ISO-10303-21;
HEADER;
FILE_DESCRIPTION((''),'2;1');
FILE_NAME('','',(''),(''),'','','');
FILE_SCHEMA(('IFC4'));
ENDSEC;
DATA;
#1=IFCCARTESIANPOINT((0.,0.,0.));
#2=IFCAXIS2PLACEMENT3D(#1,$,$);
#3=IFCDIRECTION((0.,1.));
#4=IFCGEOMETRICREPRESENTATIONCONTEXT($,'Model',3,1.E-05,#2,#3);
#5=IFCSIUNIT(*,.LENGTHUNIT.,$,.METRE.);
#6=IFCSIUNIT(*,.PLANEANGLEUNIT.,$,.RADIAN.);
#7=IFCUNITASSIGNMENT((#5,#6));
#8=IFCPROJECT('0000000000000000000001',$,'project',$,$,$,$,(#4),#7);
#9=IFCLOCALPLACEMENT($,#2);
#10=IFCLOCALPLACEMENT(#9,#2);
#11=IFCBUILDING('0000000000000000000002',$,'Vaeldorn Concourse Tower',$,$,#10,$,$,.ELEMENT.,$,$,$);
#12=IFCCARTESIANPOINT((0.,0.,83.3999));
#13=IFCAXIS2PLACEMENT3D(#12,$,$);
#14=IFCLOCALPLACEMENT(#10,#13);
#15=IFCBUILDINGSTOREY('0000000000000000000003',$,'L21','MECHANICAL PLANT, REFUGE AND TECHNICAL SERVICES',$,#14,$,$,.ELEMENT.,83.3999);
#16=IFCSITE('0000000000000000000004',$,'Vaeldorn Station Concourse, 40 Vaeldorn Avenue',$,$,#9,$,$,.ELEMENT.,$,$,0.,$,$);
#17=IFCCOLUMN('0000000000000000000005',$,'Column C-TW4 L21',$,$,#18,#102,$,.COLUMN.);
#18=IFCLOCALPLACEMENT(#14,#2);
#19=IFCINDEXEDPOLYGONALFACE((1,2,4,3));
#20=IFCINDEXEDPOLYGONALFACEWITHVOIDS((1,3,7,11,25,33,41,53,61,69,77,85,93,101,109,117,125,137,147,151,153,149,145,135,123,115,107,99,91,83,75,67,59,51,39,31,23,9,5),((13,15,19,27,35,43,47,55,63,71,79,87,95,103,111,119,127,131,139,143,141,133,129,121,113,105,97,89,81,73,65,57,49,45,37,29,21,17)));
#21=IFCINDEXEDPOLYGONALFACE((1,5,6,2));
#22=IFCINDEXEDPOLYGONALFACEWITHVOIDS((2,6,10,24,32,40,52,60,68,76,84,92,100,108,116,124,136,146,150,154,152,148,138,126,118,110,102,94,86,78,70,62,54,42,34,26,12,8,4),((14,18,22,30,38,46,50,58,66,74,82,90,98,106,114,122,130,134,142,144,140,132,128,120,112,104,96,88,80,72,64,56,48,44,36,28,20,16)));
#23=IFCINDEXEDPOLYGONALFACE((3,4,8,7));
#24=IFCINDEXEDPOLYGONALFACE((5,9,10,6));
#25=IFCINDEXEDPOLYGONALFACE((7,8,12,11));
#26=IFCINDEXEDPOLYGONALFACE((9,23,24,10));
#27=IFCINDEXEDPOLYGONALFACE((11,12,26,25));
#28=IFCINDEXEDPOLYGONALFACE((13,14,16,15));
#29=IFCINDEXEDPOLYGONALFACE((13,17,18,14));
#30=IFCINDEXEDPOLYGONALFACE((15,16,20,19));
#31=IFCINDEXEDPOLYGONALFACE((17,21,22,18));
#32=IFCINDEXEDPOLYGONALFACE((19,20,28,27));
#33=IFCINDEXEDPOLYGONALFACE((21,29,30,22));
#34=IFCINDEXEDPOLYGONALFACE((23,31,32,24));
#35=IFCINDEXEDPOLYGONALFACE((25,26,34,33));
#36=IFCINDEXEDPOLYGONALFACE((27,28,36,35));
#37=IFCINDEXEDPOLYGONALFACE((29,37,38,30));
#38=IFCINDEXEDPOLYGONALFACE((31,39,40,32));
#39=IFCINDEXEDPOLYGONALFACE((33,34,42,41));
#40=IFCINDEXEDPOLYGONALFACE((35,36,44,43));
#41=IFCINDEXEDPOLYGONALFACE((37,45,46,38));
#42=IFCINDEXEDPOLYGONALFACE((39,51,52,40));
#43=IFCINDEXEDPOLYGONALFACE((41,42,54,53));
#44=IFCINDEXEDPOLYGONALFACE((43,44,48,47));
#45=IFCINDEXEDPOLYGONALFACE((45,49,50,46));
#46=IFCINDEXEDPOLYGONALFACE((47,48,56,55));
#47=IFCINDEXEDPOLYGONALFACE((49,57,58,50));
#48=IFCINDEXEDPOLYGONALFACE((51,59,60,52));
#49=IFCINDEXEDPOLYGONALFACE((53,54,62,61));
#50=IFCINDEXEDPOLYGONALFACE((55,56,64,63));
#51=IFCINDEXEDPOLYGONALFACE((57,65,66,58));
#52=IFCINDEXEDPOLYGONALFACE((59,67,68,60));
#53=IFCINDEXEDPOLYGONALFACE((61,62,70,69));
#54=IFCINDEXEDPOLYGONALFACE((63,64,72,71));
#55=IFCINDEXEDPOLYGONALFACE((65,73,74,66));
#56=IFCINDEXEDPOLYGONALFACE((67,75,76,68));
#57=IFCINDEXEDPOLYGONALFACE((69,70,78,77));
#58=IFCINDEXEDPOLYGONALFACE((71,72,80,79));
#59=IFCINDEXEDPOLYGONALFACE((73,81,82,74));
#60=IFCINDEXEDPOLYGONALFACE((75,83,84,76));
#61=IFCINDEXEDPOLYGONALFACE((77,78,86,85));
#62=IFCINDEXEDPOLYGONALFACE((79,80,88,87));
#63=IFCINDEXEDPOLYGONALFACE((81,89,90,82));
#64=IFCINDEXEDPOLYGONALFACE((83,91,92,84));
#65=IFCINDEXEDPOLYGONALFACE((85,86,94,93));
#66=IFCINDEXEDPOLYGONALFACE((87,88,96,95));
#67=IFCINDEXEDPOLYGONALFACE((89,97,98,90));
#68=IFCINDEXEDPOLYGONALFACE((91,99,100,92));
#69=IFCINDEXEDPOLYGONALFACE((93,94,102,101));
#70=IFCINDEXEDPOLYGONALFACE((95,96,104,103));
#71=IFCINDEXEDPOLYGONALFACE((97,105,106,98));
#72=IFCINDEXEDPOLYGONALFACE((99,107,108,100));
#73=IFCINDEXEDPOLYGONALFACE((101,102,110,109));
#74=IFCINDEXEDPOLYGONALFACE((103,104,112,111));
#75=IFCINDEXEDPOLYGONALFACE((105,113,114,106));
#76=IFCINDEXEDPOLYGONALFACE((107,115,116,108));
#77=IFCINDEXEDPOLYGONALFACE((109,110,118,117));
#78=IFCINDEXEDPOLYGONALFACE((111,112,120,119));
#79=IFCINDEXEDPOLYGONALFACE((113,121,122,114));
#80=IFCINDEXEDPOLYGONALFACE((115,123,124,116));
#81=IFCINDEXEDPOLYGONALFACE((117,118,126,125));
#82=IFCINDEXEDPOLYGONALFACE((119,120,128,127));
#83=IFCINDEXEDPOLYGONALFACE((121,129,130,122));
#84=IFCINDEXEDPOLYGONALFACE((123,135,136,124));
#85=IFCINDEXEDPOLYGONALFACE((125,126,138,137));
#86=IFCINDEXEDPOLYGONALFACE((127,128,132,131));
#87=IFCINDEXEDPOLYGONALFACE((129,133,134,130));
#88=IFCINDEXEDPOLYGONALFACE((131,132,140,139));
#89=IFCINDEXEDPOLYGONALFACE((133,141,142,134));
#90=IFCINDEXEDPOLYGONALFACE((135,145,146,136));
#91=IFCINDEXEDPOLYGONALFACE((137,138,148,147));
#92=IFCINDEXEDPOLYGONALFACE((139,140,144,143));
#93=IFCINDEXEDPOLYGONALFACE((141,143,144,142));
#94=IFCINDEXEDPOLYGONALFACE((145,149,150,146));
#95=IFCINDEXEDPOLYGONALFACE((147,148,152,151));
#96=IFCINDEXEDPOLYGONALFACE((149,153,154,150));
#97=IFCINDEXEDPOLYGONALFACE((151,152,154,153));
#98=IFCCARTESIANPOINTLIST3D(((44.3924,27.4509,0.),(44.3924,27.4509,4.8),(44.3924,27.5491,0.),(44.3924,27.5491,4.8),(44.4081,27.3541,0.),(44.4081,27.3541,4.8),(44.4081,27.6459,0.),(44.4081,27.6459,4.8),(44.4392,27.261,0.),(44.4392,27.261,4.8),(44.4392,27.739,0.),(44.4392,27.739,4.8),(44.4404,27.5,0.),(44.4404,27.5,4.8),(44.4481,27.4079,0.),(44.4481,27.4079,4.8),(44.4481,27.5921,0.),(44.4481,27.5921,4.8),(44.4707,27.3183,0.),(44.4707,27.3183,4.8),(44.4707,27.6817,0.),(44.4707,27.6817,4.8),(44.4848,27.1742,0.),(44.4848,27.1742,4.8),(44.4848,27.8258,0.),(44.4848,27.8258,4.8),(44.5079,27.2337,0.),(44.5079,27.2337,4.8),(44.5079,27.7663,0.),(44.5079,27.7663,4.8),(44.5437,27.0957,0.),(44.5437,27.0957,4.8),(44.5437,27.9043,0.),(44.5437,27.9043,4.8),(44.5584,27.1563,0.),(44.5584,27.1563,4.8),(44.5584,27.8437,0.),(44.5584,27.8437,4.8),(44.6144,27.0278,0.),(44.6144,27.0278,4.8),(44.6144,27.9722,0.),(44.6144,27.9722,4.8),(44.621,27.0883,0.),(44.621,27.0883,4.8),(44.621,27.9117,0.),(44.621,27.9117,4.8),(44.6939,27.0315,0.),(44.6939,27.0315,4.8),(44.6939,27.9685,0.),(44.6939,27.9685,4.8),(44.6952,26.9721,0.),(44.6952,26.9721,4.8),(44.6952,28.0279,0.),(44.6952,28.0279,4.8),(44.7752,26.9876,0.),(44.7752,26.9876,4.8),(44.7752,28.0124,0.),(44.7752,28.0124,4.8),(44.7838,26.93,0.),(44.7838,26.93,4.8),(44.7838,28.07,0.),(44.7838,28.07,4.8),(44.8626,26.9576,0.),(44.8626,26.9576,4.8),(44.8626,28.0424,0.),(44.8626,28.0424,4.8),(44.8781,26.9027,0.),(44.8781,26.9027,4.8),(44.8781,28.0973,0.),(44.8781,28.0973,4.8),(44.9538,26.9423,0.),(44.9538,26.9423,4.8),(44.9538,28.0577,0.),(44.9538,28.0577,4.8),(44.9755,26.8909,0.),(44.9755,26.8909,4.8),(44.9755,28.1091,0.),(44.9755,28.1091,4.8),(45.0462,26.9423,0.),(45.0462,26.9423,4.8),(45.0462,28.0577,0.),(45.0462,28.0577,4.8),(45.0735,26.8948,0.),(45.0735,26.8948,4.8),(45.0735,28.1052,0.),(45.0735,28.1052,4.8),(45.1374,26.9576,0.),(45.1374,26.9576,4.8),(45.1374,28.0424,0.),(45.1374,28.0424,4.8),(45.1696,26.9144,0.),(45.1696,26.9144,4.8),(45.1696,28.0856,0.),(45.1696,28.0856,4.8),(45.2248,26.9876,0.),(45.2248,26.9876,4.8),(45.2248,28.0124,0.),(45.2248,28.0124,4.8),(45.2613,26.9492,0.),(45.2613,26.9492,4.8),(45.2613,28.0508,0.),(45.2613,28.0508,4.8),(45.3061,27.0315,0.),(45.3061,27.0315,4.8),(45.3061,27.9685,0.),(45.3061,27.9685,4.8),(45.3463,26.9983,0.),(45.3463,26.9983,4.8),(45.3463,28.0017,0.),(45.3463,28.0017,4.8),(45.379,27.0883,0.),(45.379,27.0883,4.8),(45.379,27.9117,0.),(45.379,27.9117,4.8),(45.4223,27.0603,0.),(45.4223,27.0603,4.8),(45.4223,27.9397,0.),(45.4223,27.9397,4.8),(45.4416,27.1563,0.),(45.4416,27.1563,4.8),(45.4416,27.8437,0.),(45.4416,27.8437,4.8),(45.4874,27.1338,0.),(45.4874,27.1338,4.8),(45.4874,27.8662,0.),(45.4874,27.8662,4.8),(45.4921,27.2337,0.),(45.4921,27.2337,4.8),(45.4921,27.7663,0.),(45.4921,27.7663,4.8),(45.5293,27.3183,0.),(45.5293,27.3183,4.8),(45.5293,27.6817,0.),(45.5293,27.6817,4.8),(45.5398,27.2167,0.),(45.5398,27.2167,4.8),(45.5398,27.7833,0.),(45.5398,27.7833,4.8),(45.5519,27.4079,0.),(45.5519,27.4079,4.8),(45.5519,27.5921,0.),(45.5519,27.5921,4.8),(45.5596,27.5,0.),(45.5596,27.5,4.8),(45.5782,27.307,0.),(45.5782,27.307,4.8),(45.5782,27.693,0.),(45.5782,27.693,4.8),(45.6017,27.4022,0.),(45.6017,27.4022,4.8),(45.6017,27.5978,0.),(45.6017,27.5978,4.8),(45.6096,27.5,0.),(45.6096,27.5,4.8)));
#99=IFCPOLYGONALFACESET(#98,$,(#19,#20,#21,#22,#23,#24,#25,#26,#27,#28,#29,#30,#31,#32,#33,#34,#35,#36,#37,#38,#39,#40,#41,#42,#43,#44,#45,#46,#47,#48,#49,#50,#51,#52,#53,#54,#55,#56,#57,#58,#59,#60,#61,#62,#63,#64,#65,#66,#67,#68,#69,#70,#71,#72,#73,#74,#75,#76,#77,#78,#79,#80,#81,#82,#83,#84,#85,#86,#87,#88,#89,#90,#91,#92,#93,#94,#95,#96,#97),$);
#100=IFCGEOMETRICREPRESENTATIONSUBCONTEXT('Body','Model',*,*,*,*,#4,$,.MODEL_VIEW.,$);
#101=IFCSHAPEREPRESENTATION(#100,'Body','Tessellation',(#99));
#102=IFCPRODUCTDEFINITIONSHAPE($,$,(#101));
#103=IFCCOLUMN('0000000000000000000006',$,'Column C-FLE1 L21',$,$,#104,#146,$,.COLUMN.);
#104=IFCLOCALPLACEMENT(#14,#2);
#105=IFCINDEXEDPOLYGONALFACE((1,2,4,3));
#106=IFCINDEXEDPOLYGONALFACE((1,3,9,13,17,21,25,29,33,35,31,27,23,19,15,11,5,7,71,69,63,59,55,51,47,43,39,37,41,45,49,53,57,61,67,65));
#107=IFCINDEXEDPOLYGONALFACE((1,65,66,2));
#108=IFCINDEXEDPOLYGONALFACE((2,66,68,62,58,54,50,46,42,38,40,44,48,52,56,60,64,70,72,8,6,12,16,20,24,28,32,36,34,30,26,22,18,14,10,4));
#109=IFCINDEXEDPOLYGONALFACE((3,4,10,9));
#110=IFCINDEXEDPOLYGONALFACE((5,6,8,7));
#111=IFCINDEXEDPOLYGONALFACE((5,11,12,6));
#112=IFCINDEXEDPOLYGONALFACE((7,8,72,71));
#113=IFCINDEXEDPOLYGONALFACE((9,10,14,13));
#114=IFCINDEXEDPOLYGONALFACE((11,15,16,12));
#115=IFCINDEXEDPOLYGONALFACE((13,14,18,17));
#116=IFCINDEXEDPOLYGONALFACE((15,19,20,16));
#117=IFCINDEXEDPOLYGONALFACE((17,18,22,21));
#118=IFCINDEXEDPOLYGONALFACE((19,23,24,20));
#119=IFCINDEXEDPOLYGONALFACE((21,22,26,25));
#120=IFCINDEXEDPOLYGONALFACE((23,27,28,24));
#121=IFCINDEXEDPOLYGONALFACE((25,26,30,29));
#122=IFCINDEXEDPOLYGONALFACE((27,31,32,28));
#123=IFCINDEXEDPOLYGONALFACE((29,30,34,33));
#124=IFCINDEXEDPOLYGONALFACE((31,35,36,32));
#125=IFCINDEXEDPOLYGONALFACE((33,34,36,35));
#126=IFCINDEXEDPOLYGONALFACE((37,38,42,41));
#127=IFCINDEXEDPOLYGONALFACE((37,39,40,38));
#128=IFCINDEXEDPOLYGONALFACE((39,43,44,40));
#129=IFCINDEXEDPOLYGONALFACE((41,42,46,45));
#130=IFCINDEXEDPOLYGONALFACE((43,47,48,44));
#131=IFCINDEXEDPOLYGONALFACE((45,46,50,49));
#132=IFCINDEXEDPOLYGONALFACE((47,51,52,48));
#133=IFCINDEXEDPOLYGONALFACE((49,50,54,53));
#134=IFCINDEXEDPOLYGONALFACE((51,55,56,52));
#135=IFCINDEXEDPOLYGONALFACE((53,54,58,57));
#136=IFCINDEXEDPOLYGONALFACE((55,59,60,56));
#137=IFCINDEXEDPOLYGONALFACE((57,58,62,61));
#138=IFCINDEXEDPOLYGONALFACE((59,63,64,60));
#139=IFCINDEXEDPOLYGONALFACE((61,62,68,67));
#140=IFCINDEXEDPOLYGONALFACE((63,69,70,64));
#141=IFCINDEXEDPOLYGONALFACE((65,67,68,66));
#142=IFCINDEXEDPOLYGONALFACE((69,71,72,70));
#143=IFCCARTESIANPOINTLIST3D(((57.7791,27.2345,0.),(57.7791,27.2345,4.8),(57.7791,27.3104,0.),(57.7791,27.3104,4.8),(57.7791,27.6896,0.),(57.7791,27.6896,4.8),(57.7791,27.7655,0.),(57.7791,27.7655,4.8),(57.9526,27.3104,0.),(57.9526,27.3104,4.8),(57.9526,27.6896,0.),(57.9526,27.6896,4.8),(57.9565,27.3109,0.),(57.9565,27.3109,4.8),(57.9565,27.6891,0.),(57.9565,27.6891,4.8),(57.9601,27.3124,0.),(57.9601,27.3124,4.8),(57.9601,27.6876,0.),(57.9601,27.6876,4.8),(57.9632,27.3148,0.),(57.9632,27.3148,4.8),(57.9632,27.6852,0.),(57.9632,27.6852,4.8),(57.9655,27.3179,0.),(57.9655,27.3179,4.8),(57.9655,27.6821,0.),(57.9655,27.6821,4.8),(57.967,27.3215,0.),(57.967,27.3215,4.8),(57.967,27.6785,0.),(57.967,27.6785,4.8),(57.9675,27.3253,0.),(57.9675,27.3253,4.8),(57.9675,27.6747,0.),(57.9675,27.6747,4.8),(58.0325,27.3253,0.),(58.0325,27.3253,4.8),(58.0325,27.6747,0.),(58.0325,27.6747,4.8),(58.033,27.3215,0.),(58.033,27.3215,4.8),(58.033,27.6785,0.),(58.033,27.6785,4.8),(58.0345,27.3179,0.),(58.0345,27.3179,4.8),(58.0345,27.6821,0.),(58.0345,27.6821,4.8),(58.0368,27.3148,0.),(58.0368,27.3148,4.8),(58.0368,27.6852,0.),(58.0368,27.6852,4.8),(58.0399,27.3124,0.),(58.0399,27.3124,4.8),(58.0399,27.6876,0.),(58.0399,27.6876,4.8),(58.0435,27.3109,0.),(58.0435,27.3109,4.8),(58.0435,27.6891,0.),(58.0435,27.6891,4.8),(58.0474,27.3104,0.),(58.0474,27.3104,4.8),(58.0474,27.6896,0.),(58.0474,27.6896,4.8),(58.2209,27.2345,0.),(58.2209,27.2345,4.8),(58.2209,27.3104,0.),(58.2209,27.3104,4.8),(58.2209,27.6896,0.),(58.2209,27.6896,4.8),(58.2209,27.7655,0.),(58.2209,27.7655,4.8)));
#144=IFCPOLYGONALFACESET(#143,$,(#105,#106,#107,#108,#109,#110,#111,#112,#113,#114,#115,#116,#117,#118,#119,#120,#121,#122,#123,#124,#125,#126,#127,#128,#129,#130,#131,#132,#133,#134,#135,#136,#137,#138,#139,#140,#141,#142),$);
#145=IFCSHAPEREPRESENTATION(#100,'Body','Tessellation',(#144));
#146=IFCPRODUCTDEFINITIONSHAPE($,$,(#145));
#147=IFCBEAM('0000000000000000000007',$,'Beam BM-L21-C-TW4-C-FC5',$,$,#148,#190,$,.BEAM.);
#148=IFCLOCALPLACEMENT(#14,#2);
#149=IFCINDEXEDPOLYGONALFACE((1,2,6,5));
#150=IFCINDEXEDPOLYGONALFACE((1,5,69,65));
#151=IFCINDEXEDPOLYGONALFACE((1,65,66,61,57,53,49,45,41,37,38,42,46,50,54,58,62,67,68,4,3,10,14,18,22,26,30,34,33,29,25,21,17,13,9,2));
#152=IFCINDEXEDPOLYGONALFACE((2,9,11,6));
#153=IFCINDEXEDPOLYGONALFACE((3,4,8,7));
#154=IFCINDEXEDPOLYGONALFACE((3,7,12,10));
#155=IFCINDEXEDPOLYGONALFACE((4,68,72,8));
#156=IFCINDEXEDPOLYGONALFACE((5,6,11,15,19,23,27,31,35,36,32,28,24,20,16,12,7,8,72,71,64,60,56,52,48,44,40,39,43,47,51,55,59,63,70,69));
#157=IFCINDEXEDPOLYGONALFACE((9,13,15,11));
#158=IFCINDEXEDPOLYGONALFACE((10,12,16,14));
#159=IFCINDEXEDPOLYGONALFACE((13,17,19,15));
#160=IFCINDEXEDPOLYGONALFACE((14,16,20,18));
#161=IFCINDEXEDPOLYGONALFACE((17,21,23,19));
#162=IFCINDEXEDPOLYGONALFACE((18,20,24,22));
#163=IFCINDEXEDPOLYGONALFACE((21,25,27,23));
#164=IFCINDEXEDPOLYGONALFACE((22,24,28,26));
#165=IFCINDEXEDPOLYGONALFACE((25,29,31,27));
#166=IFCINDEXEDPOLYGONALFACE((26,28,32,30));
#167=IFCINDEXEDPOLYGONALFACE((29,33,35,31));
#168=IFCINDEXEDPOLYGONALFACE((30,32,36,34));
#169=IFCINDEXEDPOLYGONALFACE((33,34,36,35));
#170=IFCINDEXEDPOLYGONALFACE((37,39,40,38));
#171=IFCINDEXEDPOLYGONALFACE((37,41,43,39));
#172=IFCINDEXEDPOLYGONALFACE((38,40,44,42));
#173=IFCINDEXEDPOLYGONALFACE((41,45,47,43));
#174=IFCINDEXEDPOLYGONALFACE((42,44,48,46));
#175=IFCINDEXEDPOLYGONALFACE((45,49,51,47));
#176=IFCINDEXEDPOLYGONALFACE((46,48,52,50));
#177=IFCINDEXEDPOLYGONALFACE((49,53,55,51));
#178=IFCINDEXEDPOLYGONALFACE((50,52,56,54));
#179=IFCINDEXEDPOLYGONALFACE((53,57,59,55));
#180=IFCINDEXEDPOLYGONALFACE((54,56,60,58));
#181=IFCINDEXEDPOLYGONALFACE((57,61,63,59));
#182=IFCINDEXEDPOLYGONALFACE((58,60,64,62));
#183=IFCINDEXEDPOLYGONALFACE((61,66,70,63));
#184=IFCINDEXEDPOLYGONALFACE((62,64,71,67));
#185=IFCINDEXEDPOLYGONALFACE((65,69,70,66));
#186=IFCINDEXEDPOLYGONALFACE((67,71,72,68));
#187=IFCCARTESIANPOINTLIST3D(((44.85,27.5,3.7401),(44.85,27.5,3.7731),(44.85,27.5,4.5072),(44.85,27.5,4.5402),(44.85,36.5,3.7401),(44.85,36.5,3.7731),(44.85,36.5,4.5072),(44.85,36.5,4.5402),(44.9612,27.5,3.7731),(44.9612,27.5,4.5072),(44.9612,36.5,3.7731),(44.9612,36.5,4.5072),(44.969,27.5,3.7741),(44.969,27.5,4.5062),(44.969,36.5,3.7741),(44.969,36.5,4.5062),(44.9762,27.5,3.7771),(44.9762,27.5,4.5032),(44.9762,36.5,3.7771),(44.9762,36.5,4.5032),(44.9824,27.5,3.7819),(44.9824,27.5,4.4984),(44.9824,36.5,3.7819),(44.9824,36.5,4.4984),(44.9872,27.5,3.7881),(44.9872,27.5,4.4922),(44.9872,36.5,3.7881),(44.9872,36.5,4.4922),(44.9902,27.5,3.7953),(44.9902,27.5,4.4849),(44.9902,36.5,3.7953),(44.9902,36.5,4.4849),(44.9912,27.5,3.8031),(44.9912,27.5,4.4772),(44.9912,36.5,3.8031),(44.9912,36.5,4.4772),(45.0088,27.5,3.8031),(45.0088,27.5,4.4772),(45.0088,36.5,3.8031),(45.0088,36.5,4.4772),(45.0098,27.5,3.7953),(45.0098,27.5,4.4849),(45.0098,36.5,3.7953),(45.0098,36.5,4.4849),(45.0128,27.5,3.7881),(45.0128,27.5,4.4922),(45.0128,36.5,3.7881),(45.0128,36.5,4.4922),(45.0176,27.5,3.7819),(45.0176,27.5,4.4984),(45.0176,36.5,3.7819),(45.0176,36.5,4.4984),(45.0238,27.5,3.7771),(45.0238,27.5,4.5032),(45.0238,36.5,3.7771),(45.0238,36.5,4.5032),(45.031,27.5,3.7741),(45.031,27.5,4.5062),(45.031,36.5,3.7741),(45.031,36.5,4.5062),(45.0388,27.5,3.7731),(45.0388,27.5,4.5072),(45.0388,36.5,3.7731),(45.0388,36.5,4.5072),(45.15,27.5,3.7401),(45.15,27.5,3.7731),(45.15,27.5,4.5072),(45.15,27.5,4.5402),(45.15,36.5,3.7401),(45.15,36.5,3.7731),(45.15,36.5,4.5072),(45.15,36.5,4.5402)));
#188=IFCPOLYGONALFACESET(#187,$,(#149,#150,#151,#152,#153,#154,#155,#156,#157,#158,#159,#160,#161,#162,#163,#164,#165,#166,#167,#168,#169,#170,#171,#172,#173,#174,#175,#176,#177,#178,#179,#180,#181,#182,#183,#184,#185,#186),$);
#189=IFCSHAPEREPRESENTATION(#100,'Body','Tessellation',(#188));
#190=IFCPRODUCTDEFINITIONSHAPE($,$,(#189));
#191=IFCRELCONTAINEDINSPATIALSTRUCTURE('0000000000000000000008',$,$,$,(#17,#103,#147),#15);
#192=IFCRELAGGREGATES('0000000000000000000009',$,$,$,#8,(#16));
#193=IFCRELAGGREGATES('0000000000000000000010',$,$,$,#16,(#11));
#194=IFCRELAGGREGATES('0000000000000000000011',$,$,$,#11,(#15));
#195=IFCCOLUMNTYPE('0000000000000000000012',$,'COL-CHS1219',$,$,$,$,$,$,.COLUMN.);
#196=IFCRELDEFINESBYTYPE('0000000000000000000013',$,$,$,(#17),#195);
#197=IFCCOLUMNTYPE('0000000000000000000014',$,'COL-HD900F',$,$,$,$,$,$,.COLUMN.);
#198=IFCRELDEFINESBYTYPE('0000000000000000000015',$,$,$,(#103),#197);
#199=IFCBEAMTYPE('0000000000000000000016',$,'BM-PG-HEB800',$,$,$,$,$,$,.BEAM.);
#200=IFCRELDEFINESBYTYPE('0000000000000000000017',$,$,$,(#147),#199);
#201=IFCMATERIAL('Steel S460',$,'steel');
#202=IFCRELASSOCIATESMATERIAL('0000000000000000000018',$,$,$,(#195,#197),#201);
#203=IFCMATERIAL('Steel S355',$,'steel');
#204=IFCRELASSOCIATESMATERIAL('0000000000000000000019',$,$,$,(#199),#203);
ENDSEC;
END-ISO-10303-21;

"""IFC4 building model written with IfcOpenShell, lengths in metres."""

from ifc_helpers import new_model, si_unit, direction, frame, origin, origin_2d, place, context, subcontext, project, spatial, hollow_circle, i_section, extrude, source, transform, mapped, material, material_profile, profile_set, type_object, element, save


model = new_model("IFC4")

# Units and contexts
model_context = context("Model", 3, precision=1e-05, world=origin(), true_north=direction((0.0, 1.0)))
body_context = subcontext(model_context, "Body", "Model", "MODEL_VIEW")
ifc_project = project(units=[si_unit("LENGTHUNIT", "METRE"), si_unit("PLANEANGLEUNIT", "RADIAN")], contexts=[model_context])

# Site, building, storey
site_placement = place(None, origin())
site = spatial("IfcSite", under=ifc_project, at=site_placement, Name="Vaeldorn Station Concourse, 40 Vaeldorn Avenue", CompositionType="ELEMENT", RefElevation=0.0)
building_placement = place(site_placement, origin())
building = spatial("IfcBuilding", under=site, at=building_placement, Name="Vaeldorn Concourse Tower", CompositionType="ELEMENT")
storey_placement = place(building_placement, frame((0.0, 0.0, 83.3999)))
storey = spatial("IfcBuildingStorey", under=building, at=storey_placement, Name="L21", Description="MECHANICAL PLANT, REFUGE AND TECHNICAL SERVICES", CompositionType="ELEMENT", Elevation=83.3999)

# Columns
ifc_material_1 = material(Name="Steel S460", Category="steel")
ifc_material_profile_1 = material_profile(ifc_material_1, hollow_circle(Radius=0.6096, WallThickness=0.05, at=origin_2d()), Name="CHS 1219x50")
ifc_profile_set_1 = profile_set([ifc_material_profile_1], Name="Steel S460")
column_type_1 = type_object("IfcColumnType", Name="COL-CHS1219", PredefinedType="COLUMN", material=ifc_profile_set_1)
shared_shape_1 = source(origin(), body_context, "Body", "SweptSolid", [
    extrude(hollow_circle(Radius=0.6096, WallThickness=0.05, at=origin_2d()), origin(), (0.0, 0.0, 1.0), 4.8),
])
column_1_placement = place(storey_placement, frame((45.0, 27.5, 0.0), z_axis=(0.0, 0.0, 1.0), x_axis=(1.0, 0.0, 0.0)))
element("IfcColumn", 1, at=column_1_placement, inside=storey, type_object=column_type_1, Name="Column C-TW4 L21", PredefinedType="COLUMN", context=body_context, shape_type="MappedRepresentation", body=[
    mapped(shared_shape_1, transform((0.0, 0.0, 0.0), scale=1.0)),
])
ifc_material_profile_2 = material_profile(ifc_material_1, i_section(OverallWidth=0.4419, OverallDepth=0.531, WebThickness=0.0649, FlangeThickness=0.0759, FilletRadius=0.0149, at=origin_2d()), Name="HD 400x900")
ifc_profile_set_2 = profile_set([ifc_material_profile_2], Name="Steel S460")
column_type_2 = type_object("IfcColumnType", Name="COL-HD900F", PredefinedType="COLUMN", material=ifc_profile_set_2)
shared_shape_2 = source(origin(), body_context, "Body", "SweptSolid", [
    extrude(i_section(OverallWidth=0.4419, OverallDepth=0.531, WebThickness=0.0649, FlangeThickness=0.0759, FilletRadius=0.0149, at=origin_2d()), origin(), (0.0, 0.0, 1.0), 4.8),
])
column_2_placement = place(storey_placement, frame((58.0, 27.5, 0.0), z_axis=(0.0, 0.0, 1.0), x_axis=(1.0, 0.0, 0.0)))
element("IfcColumn", 2, at=column_2_placement, inside=storey, type_object=column_type_2, Name="Column C-FLE1 L21", PredefinedType="COLUMN", context=body_context, shape_type="MappedRepresentation", body=[
    mapped(shared_shape_2, transform((0.0, 0.0, 0.0), scale=1.0)),
])

# Beam
ifc_material_2 = material(Name="Steel S355", Category="steel")
ifc_material_profile_3 = material_profile(ifc_material_2, i_section(OverallWidth=0.3, OverallDepth=0.8, WebThickness=0.0176, FlangeThickness=0.033, FilletRadius=0.03, at=origin_2d()), Name="HEB 800")
ifc_profile_set_3 = profile_set([ifc_material_profile_3], Name="Steel S355")
beam_type_1 = type_object("IfcBeamType", Name="BM-PG-HEB800", PredefinedType="BEAM", material=ifc_profile_set_3)
shared_shape_3 = source(origin(), body_context, "Body", "SweptSolid", [
    extrude(i_section(OverallWidth=0.3, OverallDepth=0.8, WebThickness=0.0176, FlangeThickness=0.033, FilletRadius=0.03, at=origin_2d()), origin(), (0.0, 0.0, 1.0), 9.0),
])
beam_1_placement = place(storey_placement, frame((45.0, 27.5, 4.1401), z_axis=(0.0, 1.0, 0.0), x_axis=(-1.0, 0.0, 0.0)))
element("IfcBeam", 3, at=beam_1_placement, inside=storey, type_object=beam_type_1, Name="Beam BM-L21-C-TW4-C-FC5", PredefinedType="BEAM", context=body_context, shape_type="MappedRepresentation", body=[
    mapped(shared_shape_3, transform((0.0, 0.0, 0.0), scale=1.0)),
])

save(model, "model.ifc")
